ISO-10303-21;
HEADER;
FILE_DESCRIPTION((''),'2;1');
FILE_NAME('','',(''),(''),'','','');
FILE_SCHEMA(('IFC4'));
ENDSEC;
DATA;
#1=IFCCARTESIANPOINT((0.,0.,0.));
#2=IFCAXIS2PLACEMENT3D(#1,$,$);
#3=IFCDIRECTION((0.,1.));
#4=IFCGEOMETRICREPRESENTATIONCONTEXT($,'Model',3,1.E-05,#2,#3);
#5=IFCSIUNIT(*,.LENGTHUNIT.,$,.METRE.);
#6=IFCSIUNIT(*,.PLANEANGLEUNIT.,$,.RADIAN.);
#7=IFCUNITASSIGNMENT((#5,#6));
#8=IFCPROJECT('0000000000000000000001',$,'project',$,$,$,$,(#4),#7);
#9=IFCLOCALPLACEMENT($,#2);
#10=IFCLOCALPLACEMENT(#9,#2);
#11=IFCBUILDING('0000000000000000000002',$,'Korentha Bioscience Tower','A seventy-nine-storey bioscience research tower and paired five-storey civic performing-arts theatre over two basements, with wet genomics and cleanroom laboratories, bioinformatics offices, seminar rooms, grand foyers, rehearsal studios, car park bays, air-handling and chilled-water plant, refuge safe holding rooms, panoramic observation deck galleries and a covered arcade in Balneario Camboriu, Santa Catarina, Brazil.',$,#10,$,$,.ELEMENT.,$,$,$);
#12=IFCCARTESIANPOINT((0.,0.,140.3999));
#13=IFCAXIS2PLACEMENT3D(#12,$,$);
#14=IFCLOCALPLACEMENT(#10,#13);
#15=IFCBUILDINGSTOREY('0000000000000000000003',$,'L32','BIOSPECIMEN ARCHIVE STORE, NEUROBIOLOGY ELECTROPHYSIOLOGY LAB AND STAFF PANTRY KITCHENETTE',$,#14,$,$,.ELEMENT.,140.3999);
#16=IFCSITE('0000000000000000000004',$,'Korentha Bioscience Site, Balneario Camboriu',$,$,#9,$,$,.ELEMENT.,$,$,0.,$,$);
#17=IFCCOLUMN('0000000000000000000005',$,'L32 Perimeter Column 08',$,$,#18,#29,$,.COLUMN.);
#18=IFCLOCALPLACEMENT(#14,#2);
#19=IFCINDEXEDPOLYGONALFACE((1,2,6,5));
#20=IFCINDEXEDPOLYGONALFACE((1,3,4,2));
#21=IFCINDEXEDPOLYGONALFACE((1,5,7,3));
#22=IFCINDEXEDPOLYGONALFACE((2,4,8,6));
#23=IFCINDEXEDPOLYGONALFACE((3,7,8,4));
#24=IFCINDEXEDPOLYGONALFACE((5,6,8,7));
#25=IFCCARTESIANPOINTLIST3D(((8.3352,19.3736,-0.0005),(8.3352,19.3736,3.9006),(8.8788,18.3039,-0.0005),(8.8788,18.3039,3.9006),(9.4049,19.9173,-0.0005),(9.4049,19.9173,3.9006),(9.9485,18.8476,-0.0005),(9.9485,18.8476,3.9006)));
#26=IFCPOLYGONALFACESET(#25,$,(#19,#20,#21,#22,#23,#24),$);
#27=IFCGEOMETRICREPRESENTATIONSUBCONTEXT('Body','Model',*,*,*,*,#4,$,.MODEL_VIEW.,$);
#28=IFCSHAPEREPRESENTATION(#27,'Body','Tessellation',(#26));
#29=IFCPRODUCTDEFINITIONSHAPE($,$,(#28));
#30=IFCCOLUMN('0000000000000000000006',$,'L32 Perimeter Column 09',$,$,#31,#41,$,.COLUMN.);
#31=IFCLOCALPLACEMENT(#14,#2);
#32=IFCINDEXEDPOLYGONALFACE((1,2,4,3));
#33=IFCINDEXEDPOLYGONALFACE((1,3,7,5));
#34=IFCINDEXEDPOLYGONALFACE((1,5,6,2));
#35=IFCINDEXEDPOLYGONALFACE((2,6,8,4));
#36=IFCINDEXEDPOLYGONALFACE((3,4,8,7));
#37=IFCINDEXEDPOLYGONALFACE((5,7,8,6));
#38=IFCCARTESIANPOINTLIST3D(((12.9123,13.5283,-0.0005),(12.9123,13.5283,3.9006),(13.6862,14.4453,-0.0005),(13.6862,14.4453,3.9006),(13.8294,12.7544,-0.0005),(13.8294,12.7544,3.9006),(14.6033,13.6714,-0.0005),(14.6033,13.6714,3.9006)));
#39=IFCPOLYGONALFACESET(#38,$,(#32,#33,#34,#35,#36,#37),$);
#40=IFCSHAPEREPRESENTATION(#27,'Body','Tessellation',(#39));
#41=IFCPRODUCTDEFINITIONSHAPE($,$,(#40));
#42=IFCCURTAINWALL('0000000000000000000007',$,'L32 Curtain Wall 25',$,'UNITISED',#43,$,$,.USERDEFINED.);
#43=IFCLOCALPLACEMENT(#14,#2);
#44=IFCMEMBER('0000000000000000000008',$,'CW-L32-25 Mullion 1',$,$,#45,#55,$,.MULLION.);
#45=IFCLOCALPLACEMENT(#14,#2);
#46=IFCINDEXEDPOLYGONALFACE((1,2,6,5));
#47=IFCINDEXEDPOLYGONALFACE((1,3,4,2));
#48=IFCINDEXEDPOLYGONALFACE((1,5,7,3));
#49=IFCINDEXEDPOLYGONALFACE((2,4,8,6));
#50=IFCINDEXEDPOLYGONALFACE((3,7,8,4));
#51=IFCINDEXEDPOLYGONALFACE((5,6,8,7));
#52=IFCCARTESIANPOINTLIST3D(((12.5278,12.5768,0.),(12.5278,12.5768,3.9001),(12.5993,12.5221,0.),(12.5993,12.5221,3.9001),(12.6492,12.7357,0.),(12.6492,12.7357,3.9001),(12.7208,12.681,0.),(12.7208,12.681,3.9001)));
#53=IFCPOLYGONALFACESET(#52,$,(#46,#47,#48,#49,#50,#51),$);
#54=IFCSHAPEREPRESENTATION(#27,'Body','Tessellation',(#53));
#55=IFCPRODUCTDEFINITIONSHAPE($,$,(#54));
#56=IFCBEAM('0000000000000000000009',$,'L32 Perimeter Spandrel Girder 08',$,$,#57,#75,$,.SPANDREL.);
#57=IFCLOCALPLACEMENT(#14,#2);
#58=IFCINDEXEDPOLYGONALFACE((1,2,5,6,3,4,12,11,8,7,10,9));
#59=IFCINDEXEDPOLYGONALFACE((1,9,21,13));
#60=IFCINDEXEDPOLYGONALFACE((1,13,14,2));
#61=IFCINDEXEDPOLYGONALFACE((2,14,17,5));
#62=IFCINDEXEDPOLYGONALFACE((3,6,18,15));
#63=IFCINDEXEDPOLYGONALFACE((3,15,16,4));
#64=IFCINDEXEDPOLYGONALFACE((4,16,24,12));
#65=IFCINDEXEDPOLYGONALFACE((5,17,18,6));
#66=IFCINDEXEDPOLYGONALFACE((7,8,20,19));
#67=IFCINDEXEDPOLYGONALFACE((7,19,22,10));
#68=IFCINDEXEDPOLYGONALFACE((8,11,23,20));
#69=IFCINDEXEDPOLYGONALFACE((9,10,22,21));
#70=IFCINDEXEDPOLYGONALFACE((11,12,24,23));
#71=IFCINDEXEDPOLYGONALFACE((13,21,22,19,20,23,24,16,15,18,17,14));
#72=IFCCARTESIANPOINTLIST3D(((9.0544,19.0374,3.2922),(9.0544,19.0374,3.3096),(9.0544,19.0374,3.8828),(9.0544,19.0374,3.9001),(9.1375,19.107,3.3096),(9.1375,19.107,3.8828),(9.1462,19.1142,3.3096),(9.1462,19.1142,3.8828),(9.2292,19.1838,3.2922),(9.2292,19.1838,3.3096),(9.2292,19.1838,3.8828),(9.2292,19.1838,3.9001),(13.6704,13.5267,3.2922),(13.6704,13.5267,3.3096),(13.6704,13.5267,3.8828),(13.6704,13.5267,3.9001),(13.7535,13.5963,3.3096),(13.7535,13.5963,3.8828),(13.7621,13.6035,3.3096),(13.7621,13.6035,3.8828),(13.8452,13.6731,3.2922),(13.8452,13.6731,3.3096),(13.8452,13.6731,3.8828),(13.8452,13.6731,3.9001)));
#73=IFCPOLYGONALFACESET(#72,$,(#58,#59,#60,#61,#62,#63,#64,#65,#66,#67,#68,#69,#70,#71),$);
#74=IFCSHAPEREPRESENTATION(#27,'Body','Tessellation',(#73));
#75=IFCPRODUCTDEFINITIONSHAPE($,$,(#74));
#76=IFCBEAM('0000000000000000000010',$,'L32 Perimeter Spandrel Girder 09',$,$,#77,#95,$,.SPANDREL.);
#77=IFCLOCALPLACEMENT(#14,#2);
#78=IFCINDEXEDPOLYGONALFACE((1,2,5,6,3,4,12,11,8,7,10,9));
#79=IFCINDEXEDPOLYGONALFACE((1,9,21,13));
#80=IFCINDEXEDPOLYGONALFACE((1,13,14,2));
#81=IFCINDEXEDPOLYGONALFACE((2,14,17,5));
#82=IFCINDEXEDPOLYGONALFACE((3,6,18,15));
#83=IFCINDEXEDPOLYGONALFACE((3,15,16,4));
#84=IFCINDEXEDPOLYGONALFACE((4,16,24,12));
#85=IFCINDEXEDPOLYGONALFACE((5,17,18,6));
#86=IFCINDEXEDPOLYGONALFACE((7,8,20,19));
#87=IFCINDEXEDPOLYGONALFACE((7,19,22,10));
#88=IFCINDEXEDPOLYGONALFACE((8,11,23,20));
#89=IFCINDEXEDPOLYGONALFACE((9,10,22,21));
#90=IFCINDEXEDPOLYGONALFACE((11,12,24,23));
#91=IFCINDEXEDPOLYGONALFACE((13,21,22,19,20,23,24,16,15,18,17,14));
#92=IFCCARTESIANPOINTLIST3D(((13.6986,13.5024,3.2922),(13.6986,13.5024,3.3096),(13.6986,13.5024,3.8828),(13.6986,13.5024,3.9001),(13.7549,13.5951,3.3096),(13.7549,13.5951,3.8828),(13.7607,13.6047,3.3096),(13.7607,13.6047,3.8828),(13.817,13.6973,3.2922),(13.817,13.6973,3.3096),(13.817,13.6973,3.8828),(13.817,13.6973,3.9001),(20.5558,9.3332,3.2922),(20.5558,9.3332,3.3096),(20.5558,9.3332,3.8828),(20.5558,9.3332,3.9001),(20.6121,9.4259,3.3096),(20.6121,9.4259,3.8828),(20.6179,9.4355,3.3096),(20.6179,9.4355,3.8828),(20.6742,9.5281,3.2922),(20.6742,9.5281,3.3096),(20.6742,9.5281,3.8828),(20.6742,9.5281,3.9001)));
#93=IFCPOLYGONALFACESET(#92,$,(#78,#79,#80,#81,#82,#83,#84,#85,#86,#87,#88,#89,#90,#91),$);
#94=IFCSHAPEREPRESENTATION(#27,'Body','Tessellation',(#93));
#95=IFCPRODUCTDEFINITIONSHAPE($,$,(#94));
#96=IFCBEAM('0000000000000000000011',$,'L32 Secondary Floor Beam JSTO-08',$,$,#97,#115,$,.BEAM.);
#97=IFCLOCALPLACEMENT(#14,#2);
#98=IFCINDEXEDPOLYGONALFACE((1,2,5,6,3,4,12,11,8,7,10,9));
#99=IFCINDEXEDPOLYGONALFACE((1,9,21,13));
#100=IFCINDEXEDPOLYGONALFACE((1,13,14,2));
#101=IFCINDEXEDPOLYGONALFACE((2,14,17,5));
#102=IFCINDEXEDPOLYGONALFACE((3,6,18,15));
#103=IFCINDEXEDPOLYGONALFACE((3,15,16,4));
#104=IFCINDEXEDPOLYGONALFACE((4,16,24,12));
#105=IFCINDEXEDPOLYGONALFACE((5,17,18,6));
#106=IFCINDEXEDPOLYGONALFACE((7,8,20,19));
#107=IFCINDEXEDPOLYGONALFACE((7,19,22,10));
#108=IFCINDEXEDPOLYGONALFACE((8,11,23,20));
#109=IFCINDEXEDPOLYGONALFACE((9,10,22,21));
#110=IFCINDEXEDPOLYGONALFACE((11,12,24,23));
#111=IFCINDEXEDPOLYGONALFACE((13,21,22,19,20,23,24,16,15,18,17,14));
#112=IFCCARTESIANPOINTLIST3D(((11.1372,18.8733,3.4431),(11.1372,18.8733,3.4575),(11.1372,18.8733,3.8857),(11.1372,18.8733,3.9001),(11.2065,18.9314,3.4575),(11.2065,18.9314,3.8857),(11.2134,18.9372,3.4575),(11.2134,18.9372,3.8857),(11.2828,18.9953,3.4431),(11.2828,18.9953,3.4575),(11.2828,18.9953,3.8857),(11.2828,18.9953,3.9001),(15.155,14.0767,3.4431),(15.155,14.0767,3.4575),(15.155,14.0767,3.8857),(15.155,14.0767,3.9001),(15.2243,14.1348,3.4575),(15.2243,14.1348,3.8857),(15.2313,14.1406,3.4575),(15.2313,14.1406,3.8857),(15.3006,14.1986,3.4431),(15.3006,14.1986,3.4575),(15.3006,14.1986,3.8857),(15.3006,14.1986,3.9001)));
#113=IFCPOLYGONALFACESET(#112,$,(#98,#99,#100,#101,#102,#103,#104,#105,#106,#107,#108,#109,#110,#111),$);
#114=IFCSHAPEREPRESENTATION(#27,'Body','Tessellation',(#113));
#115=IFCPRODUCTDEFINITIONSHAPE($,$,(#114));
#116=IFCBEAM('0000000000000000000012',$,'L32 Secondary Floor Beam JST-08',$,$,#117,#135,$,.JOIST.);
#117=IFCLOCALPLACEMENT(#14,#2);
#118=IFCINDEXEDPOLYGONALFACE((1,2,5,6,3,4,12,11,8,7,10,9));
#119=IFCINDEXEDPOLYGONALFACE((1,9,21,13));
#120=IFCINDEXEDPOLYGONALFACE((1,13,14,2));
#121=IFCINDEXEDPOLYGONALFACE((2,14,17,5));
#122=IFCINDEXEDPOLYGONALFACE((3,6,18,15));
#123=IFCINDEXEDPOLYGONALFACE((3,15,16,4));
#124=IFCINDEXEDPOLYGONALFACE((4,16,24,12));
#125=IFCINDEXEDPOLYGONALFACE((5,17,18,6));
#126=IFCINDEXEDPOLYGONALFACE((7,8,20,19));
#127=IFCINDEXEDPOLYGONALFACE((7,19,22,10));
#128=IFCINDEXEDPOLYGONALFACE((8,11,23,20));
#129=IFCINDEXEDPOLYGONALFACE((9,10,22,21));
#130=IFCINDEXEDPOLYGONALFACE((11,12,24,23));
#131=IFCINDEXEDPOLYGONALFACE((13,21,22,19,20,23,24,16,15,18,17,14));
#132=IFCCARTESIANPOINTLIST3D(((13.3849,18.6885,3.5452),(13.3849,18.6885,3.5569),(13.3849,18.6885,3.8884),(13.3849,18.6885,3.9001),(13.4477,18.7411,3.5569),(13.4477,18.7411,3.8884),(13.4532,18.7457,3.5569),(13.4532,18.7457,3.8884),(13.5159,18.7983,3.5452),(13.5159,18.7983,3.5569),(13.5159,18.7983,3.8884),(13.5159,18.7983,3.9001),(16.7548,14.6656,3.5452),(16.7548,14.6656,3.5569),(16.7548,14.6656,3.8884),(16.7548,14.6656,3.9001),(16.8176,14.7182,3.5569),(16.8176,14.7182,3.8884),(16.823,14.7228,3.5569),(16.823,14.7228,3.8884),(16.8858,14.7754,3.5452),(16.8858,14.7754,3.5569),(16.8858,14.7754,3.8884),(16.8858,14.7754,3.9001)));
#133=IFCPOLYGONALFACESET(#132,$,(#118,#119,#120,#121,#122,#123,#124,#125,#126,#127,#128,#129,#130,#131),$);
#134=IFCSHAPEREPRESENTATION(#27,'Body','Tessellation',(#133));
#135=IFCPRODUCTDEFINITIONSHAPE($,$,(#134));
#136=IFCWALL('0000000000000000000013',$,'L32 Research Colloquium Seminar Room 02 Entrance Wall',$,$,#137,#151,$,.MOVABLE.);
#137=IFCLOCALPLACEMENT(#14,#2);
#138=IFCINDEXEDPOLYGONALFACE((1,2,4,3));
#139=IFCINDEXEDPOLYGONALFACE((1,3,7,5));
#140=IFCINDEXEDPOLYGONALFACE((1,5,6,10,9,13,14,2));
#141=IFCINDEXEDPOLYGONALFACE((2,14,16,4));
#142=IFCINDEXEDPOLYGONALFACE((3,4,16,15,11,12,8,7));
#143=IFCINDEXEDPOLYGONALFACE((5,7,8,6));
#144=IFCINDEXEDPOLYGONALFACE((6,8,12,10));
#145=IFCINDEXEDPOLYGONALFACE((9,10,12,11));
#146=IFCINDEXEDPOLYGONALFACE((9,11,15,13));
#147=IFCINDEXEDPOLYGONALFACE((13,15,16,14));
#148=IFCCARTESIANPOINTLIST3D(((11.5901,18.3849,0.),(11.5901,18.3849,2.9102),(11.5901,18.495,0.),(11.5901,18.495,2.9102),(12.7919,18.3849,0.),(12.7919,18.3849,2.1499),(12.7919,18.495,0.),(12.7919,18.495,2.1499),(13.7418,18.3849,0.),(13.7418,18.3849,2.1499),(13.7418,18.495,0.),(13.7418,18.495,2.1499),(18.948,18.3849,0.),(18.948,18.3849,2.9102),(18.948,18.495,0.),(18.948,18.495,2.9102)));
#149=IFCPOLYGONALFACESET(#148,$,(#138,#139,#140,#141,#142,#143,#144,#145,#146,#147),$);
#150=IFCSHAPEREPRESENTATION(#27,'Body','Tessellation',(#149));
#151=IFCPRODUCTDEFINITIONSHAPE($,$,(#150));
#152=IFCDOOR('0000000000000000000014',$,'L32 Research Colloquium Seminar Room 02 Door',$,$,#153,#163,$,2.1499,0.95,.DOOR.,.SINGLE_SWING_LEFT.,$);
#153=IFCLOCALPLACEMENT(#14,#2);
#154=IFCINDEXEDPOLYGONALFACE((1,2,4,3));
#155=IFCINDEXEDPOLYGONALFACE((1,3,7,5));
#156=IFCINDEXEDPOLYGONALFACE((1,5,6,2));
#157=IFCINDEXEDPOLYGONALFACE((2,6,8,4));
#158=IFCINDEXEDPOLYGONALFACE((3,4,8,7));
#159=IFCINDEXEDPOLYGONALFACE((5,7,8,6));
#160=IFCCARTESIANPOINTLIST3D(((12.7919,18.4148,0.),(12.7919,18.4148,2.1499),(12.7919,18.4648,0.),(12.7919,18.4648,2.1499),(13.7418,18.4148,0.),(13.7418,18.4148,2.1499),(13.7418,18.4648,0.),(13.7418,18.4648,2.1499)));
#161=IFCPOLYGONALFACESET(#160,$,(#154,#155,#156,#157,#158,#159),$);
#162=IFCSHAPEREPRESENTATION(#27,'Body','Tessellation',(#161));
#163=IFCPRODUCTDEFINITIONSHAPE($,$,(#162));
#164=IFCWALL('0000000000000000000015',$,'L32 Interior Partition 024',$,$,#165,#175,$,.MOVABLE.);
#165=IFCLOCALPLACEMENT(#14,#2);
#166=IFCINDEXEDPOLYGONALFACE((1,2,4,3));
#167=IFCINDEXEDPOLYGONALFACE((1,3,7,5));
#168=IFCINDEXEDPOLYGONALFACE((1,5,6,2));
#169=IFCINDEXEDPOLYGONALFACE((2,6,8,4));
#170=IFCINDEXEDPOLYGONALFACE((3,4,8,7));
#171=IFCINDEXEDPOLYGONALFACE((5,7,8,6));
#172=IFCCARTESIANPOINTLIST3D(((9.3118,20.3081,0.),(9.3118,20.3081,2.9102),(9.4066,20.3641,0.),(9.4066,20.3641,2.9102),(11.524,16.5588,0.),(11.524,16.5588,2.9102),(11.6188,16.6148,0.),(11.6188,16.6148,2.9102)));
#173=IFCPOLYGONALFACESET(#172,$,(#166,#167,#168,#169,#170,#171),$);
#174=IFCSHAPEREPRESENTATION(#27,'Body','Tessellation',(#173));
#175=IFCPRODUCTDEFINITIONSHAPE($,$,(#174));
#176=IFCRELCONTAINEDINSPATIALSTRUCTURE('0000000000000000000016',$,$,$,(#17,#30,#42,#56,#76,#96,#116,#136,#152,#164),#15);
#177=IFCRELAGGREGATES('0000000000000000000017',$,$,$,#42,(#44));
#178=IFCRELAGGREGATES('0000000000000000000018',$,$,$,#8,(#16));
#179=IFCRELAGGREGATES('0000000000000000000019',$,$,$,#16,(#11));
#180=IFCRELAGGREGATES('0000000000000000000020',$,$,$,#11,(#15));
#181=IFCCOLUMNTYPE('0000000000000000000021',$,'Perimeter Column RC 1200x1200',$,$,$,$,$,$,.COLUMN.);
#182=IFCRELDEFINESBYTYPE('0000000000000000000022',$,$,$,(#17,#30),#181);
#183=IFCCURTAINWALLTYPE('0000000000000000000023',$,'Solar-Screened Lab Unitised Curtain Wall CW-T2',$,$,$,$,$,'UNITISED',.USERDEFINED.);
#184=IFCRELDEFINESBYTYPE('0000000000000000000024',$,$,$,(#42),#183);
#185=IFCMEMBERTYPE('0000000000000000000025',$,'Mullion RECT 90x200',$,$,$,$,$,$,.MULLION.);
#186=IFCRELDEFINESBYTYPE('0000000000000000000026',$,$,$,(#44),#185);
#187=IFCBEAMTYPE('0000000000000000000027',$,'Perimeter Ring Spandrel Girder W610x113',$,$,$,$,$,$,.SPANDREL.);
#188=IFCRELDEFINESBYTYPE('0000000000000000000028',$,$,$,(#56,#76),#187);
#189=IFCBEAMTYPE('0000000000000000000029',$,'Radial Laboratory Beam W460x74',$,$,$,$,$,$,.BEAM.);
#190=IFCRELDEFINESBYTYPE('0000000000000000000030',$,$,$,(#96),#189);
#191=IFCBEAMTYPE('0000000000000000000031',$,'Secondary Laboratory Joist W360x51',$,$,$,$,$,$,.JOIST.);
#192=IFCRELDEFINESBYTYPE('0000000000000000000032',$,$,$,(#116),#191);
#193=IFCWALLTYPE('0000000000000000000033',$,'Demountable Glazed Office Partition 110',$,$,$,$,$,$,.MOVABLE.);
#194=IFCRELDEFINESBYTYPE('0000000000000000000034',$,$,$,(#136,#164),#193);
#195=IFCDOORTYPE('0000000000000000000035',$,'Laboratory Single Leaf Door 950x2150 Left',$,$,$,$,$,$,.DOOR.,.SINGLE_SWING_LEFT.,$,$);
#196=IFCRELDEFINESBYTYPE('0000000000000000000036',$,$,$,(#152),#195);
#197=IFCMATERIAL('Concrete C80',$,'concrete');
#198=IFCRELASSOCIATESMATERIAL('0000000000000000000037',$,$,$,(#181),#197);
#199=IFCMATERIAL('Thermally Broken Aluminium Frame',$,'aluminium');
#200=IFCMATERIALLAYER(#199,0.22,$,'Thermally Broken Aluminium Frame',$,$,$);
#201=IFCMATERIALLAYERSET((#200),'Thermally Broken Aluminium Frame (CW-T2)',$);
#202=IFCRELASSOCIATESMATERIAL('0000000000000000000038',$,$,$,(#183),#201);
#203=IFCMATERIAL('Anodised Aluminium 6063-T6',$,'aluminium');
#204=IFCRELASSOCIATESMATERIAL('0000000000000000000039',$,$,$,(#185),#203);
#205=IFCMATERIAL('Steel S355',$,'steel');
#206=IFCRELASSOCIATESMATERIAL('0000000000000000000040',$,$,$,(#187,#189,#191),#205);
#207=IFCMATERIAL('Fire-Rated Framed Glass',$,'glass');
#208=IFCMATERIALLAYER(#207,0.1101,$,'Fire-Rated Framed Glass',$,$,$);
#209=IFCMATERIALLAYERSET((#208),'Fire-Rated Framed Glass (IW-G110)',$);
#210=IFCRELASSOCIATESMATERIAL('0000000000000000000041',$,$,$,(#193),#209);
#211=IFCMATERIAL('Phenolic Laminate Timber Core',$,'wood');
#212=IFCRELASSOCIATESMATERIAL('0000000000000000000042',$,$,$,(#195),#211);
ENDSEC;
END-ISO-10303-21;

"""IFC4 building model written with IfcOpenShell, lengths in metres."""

from ifc_helpers import new_model, si_unit, direction, frame, frame_2d, origin, origin_2d, place, context, subcontext, project, spatial, rectangle, i_section, extrude, material, layer, layer_set, material_profile, profile_set, type_object, element, fill, aggregate, save


model = new_model("IFC4")

# Units and contexts
model_context = context("Model", 3, precision=1e-05, world=origin(), true_north=direction((0.0, 1.0)))
body_context = subcontext(model_context, "Body", "Model", "MODEL_VIEW")
ifc_project = project(units=[si_unit("LENGTHUNIT", "METRE"), si_unit("PLANEANGLEUNIT", "RADIAN")], contexts=[model_context])

# Site, building, storey
site_placement = place(None, origin())
site = spatial("IfcSite", under=ifc_project, at=site_placement, Name="Korentha Bioscience Site, Balneario Camboriu", CompositionType="ELEMENT", RefElevation=0.0)
building_placement = place(site_placement, origin())
building = spatial("IfcBuilding", under=site, at=building_placement, Name="Korentha Bioscience Tower", Description="A seventy-nine-storey bioscience research tower and paired five-storey civic performing-arts theatre over two basements, with wet genomics and cleanroom laboratories, bioinformatics offices, seminar rooms, grand foyers, rehearsal studios, car park bays, air-handling and chilled-water plant, refuge safe holding rooms, panoramic observation deck galleries and a covered arcade in Balneario Camboriu, Santa Catarina, Brazil.", CompositionType="ELEMENT")
storey_placement = place(building_placement, frame((0.0, 0.0, 140.3999)))
storey = spatial("IfcBuildingStorey", under=building, at=storey_placement, Name="L32", Description="BIOSPECIMEN ARCHIVE STORE, NEUROBIOLOGY ELECTROPHYSIOLOGY LAB AND STAFF PANTRY KITCHENETTE", CompositionType="ELEMENT", Elevation=140.3999)

# Columns
ifc_material_1 = material(Name="Concrete C80", Category="concrete")
ifc_material_profile_1 = material_profile(ifc_material_1, rectangle(XDim=1.2, YDim=1.2, at=origin_2d()), Name="Concrete C80")
ifc_profile_set_1 = profile_set([ifc_material_profile_1], Name="Concrete C80 (COL-P12)")
column_type = type_object("IfcColumnType", Name="Perimeter Column RC 1200x1200", PredefinedType="COLUMN", material=ifc_profile_set_1)
for number, where, z_axis, x_axis, name in (
    (1, (9.1418, 19.1106, -0.0005), (0.0, 0.0, 1.0), (-0.453057, 0.891481, 0.0), "L32 Perimeter Column 08"),
    (2, (13.7578, 13.5999, -0.0005), (0.0, 0.0, 1.0), (-0.764246, 0.644924, 0.0), "L32 Perimeter Column 09"),
):
    element("IfcColumn", number, at=place(storey_placement, frame(where, z_axis=z_axis, x_axis=x_axis)), inside=storey, type_object=column_type, Name=name, PredefinedType="COLUMN", context=body_context, shape_type="SweptSolid", body=[
        extrude(rectangle(XDim=1.2, YDim=1.2, at=origin_2d()), origin(), (0.0, 0.0, 1.0), 3.9011),
    ])

# Curtain wall, member
ifc_material_2 = material(Name="Thermally Broken Aluminium Frame", Category="aluminium")
ifc_layer_1 = layer(ifc_material_2, 0.22, Name="Thermally Broken Aluminium Frame")
ifc_layer_set_1 = layer_set([ifc_layer_1], Name="Thermally Broken Aluminium Frame (CW-T2)")
curtain_wall_type = type_object("IfcCurtainWallType", Name="Solar-Screened Lab Unitised Curtain Wall CW-T2", ElementType="UNITISED", PredefinedType="USERDEFINED", material=ifc_layer_set_1)
curtain_wall_placement = place(storey_placement, origin())
curtain_wall = element("IfcCurtainWall", 3, at=curtain_wall_placement, inside=storey, type_object=curtain_wall_type, Name="L32 Curtain Wall 25", ObjectType="UNITISED", PredefinedType="USERDEFINED")
ifc_material_3 = material(Name="Anodised Aluminium 6063-T6", Category="aluminium")
ifc_material_profile_2 = material_profile(ifc_material_3, rectangle(XDim=0.0901, YDim=0.2, at=origin_2d()), Name="Anodised Aluminium 6063-T6")
ifc_profile_set_2 = profile_set([ifc_material_profile_2], Name="Anodised Aluminium 6063-T6 (CW-MUL)")
member_type = type_object("IfcMemberType", Name="Mullion RECT 90x200", PredefinedType="MULLION", material=ifc_profile_set_2)
member_placement = place(storey_placement, frame((12.6243, 12.6289, 0.0), z_axis=(0.0, 0.0, 1.0), x_axis=(0.7945, -0.607265, 0.0)))
member = element("IfcMember", 4, at=member_placement, type_object=member_type, Name="CW-L32-25 Mullion 1", PredefinedType="MULLION", context=body_context, shape_type="SweptSolid", body=[
    extrude(rectangle(XDim=0.0901, YDim=0.2, at=origin_2d()), origin(), (0.0, 0.0, 1.0), 3.9001),
])
aggregate(curtain_wall, [member])

# Beams
ifc_material_4 = material(Name="Steel S355", Category="steel")
ifc_material_profile_3 = material_profile(ifc_material_4, i_section(OverallWidth=0.228, OverallDepth=0.6079, WebThickness=0.0112, FlangeThickness=0.0173, at=origin_2d()), Name="Steel S355")
ifc_profile_set_3 = profile_set([ifc_material_profile_3], Name="Steel S355 (SB-610)")
beam_type_1 = type_object("IfcBeamType", Name="Perimeter Ring Spandrel Girder W610x113", PredefinedType="SPANDREL", material=ifc_profile_set_3)
beam_1_placement = place(storey_placement, frame((9.1418, 19.1106, 3.5962), z_axis=(0.642127, -0.766599, 0.0), x_axis=(0.766599, 0.642127, 0.0)))
element("IfcBeam", 5, at=beam_1_placement, inside=storey, type_object=beam_type_1, Name="L32 Perimeter Spandrel Girder 08", PredefinedType="SPANDREL", context=body_context, shape_type="SweptSolid", body=[
    extrude(i_section(OverallWidth=0.228, OverallDepth=0.6079, WebThickness=0.0112, FlangeThickness=0.0173, at=origin_2d()), origin(), (0.0, 0.0, 1.0), 7.1885),
])
beam_2_placement = place(storey_placement, frame((13.7578, 13.5999, 3.5962), z_axis=(0.854461, -0.519515, 0.0), x_axis=(0.519515, 0.854461, 0.0)))
element("IfcBeam", 6, at=beam_2_placement, inside=storey, type_object=beam_type_1, Name="L32 Perimeter Spandrel Girder 09", PredefinedType="SPANDREL", context=body_context, shape_type="SweptSolid", body=[
    extrude(i_section(OverallWidth=0.228, OverallDepth=0.6079, WebThickness=0.0112, FlangeThickness=0.0173, at=origin_2d()), origin(), (0.0, 0.0, 1.0), 8.0251),
])
ifc_material_profile_4 = material_profile(ifc_material_4, i_section(OverallWidth=0.1899, OverallDepth=0.457, WebThickness=0.009, FlangeThickness=0.0144, at=origin_2d()), Name="Steel S355")
ifc_profile_set_4 = profile_set([ifc_material_profile_4], Name="Steel S355 (RB-460)")
beam_type_2 = type_object("IfcBeamType", Name="Radial Laboratory Beam W460x74", PredefinedType="BEAM", material=ifc_profile_set_4)
beam_3_placement = place(storey_placement, frame((11.21, 18.9343, 3.6716), z_axis=(0.642128, -0.766597, 0.0), x_axis=(0.766597, 0.642128, 0.0)))
element("IfcBeam", 7, at=beam_3_placement, inside=storey, type_object=beam_type_2, Name="L32 Secondary Floor Beam JSTO-08", PredefinedType="BEAM", context=body_context, shape_type="SweptSolid", body=[
    extrude(i_section(OverallWidth=0.1899, OverallDepth=0.457, WebThickness=0.009, FlangeThickness=0.0144, at=origin_2d()), origin(), (0.0, 0.0, 1.0), 6.2571),
])
ifc_material_profile_5 = material_profile(ifc_material_4, i_section(OverallWidth=0.1709, OverallDepth=0.355, WebThickness=0.0071, FlangeThickness=0.0117, at=origin_2d()), Name="Steel S355")
ifc_profile_set_5 = profile_set([ifc_material_profile_5], Name="Steel S355 (JB-360)")
beam_type_3 = type_object("IfcBeamType", Name="Secondary Laboratory Joist W360x51", PredefinedType="JOIST", material=ifc_profile_set_5)
beam_4_placement = place(storey_placement, frame((13.4504, 18.7434, 3.7227), z_axis=(0.642141, -0.766587, 0.0), x_axis=(0.766587, 0.642141, 0.0)))
element("IfcBeam", 8, at=beam_4_placement, inside=storey, type_object=beam_type_3, Name="L32 Secondary Floor Beam JST-08", PredefinedType="JOIST", context=body_context, shape_type="SweptSolid", body=[
    extrude(i_section(OverallWidth=0.1709, OverallDepth=0.355, WebThickness=0.0071, FlangeThickness=0.0117, at=origin_2d()), origin(), (0.0, 0.0, 1.0), 5.2478),
])

# Wall, opening, door
ifc_material_5 = material(Name="Fire-Rated Framed Glass", Category="glass")
ifc_layer_2 = layer(ifc_material_5, 0.1101, Name="Fire-Rated Framed Glass")
ifc_layer_set_2 = layer_set([ifc_layer_2], Name="Fire-Rated Framed Glass (IW-G110)")
wall_type_1 = type_object("IfcWallType", Name="Demountable Glazed Office Partition 110", PredefinedType="MOVABLE", material=ifc_layer_set_2)
wall_1_placement = place(storey_placement, frame((11.5901, 18.4399, 0.0), z_axis=(0.0, 0.0, 1.0), x_axis=(1.0, 0.0, 0.0)))
wall_1 = element("IfcWall", 9, at=wall_1_placement, inside=storey, type_object=wall_type_1, Name="L32 Research Colloquium Seminar Room 02 Entrance Wall", PredefinedType="MOVABLE", context=body_context, shape_type="SweptSolid", body=[
    extrude(rectangle(XDim=7.3579, YDim=0.1101, at=frame_2d((3.679, 0.0))), origin(), (0.0, 0.0, 1.0), 2.9102),
])
opening_1_placement = place(wall_1_placement, frame((1.2017, 0.0, 0.0)))
opening_1 = element("IfcOpeningElement", 10, at=opening_1_placement, cuts=wall_1, PredefinedType="OPENING", context=body_context, shape_type="SweptSolid", body=[
    extrude(rectangle(XDim=0.95, YDim=2.1499, at=frame_2d((0.4751, 1.075))), frame((0.0, 0.0698, 0.0), z_axis=(0.0, -1.0, 0.0), x_axis=(1.0, 0.0, 0.0)), (0.0, 0.0, 1.0), 0.1399),
])
ifc_material_6 = material(Name="Phenolic Laminate Timber Core", Category="wood")
door_type = type_object("IfcDoorType", Name="Laboratory Single Leaf Door 950x2150 Left", OperationType="SINGLE_SWING_LEFT", PredefinedType="DOOR", material=ifc_material_6)
door_placement = place(opening_1_placement, origin())
door = element("IfcDoor", 11, at=door_placement, inside=storey, type_object=door_type, Name="L32 Research Colloquium Seminar Room 02 Door", OperationType="SINGLE_SWING_LEFT", OverallHeight=2.1499, OverallWidth=0.95, PredefinedType="DOOR", context=body_context, shape_type="SweptSolid", body=[
    extrude(rectangle(XDim=0.95, YDim=2.1499, at=frame_2d((0.4751, 1.075))), frame((0.0, 0.0249, 0.0), z_axis=(0.0, -1.0, 0.0), x_axis=(1.0, 0.0, 0.0)), (0.0, 0.0, 1.0), 0.05),
])
fill(opening_1, door)

# Wall
wall_2_placement = place(storey_placement, frame((9.3591, 20.3362, 0.0), z_axis=(0.0, 0.0, 1.0), x_axis=(0.508164, -0.86126, 0.0)))
element("IfcWall", 12, at=wall_2_placement, inside=storey, type_object=wall_type_1, Name="L32 Interior Partition 024", PredefinedType="MOVABLE", context=body_context, shape_type="SweptSolid", body=[
    extrude(rectangle(XDim=4.3533, YDim=0.1101, at=frame_2d((2.1768, 0.0))), origin(), (0.0, 0.0, 1.0), 2.9102),
])

save(model, "model.ifc")
